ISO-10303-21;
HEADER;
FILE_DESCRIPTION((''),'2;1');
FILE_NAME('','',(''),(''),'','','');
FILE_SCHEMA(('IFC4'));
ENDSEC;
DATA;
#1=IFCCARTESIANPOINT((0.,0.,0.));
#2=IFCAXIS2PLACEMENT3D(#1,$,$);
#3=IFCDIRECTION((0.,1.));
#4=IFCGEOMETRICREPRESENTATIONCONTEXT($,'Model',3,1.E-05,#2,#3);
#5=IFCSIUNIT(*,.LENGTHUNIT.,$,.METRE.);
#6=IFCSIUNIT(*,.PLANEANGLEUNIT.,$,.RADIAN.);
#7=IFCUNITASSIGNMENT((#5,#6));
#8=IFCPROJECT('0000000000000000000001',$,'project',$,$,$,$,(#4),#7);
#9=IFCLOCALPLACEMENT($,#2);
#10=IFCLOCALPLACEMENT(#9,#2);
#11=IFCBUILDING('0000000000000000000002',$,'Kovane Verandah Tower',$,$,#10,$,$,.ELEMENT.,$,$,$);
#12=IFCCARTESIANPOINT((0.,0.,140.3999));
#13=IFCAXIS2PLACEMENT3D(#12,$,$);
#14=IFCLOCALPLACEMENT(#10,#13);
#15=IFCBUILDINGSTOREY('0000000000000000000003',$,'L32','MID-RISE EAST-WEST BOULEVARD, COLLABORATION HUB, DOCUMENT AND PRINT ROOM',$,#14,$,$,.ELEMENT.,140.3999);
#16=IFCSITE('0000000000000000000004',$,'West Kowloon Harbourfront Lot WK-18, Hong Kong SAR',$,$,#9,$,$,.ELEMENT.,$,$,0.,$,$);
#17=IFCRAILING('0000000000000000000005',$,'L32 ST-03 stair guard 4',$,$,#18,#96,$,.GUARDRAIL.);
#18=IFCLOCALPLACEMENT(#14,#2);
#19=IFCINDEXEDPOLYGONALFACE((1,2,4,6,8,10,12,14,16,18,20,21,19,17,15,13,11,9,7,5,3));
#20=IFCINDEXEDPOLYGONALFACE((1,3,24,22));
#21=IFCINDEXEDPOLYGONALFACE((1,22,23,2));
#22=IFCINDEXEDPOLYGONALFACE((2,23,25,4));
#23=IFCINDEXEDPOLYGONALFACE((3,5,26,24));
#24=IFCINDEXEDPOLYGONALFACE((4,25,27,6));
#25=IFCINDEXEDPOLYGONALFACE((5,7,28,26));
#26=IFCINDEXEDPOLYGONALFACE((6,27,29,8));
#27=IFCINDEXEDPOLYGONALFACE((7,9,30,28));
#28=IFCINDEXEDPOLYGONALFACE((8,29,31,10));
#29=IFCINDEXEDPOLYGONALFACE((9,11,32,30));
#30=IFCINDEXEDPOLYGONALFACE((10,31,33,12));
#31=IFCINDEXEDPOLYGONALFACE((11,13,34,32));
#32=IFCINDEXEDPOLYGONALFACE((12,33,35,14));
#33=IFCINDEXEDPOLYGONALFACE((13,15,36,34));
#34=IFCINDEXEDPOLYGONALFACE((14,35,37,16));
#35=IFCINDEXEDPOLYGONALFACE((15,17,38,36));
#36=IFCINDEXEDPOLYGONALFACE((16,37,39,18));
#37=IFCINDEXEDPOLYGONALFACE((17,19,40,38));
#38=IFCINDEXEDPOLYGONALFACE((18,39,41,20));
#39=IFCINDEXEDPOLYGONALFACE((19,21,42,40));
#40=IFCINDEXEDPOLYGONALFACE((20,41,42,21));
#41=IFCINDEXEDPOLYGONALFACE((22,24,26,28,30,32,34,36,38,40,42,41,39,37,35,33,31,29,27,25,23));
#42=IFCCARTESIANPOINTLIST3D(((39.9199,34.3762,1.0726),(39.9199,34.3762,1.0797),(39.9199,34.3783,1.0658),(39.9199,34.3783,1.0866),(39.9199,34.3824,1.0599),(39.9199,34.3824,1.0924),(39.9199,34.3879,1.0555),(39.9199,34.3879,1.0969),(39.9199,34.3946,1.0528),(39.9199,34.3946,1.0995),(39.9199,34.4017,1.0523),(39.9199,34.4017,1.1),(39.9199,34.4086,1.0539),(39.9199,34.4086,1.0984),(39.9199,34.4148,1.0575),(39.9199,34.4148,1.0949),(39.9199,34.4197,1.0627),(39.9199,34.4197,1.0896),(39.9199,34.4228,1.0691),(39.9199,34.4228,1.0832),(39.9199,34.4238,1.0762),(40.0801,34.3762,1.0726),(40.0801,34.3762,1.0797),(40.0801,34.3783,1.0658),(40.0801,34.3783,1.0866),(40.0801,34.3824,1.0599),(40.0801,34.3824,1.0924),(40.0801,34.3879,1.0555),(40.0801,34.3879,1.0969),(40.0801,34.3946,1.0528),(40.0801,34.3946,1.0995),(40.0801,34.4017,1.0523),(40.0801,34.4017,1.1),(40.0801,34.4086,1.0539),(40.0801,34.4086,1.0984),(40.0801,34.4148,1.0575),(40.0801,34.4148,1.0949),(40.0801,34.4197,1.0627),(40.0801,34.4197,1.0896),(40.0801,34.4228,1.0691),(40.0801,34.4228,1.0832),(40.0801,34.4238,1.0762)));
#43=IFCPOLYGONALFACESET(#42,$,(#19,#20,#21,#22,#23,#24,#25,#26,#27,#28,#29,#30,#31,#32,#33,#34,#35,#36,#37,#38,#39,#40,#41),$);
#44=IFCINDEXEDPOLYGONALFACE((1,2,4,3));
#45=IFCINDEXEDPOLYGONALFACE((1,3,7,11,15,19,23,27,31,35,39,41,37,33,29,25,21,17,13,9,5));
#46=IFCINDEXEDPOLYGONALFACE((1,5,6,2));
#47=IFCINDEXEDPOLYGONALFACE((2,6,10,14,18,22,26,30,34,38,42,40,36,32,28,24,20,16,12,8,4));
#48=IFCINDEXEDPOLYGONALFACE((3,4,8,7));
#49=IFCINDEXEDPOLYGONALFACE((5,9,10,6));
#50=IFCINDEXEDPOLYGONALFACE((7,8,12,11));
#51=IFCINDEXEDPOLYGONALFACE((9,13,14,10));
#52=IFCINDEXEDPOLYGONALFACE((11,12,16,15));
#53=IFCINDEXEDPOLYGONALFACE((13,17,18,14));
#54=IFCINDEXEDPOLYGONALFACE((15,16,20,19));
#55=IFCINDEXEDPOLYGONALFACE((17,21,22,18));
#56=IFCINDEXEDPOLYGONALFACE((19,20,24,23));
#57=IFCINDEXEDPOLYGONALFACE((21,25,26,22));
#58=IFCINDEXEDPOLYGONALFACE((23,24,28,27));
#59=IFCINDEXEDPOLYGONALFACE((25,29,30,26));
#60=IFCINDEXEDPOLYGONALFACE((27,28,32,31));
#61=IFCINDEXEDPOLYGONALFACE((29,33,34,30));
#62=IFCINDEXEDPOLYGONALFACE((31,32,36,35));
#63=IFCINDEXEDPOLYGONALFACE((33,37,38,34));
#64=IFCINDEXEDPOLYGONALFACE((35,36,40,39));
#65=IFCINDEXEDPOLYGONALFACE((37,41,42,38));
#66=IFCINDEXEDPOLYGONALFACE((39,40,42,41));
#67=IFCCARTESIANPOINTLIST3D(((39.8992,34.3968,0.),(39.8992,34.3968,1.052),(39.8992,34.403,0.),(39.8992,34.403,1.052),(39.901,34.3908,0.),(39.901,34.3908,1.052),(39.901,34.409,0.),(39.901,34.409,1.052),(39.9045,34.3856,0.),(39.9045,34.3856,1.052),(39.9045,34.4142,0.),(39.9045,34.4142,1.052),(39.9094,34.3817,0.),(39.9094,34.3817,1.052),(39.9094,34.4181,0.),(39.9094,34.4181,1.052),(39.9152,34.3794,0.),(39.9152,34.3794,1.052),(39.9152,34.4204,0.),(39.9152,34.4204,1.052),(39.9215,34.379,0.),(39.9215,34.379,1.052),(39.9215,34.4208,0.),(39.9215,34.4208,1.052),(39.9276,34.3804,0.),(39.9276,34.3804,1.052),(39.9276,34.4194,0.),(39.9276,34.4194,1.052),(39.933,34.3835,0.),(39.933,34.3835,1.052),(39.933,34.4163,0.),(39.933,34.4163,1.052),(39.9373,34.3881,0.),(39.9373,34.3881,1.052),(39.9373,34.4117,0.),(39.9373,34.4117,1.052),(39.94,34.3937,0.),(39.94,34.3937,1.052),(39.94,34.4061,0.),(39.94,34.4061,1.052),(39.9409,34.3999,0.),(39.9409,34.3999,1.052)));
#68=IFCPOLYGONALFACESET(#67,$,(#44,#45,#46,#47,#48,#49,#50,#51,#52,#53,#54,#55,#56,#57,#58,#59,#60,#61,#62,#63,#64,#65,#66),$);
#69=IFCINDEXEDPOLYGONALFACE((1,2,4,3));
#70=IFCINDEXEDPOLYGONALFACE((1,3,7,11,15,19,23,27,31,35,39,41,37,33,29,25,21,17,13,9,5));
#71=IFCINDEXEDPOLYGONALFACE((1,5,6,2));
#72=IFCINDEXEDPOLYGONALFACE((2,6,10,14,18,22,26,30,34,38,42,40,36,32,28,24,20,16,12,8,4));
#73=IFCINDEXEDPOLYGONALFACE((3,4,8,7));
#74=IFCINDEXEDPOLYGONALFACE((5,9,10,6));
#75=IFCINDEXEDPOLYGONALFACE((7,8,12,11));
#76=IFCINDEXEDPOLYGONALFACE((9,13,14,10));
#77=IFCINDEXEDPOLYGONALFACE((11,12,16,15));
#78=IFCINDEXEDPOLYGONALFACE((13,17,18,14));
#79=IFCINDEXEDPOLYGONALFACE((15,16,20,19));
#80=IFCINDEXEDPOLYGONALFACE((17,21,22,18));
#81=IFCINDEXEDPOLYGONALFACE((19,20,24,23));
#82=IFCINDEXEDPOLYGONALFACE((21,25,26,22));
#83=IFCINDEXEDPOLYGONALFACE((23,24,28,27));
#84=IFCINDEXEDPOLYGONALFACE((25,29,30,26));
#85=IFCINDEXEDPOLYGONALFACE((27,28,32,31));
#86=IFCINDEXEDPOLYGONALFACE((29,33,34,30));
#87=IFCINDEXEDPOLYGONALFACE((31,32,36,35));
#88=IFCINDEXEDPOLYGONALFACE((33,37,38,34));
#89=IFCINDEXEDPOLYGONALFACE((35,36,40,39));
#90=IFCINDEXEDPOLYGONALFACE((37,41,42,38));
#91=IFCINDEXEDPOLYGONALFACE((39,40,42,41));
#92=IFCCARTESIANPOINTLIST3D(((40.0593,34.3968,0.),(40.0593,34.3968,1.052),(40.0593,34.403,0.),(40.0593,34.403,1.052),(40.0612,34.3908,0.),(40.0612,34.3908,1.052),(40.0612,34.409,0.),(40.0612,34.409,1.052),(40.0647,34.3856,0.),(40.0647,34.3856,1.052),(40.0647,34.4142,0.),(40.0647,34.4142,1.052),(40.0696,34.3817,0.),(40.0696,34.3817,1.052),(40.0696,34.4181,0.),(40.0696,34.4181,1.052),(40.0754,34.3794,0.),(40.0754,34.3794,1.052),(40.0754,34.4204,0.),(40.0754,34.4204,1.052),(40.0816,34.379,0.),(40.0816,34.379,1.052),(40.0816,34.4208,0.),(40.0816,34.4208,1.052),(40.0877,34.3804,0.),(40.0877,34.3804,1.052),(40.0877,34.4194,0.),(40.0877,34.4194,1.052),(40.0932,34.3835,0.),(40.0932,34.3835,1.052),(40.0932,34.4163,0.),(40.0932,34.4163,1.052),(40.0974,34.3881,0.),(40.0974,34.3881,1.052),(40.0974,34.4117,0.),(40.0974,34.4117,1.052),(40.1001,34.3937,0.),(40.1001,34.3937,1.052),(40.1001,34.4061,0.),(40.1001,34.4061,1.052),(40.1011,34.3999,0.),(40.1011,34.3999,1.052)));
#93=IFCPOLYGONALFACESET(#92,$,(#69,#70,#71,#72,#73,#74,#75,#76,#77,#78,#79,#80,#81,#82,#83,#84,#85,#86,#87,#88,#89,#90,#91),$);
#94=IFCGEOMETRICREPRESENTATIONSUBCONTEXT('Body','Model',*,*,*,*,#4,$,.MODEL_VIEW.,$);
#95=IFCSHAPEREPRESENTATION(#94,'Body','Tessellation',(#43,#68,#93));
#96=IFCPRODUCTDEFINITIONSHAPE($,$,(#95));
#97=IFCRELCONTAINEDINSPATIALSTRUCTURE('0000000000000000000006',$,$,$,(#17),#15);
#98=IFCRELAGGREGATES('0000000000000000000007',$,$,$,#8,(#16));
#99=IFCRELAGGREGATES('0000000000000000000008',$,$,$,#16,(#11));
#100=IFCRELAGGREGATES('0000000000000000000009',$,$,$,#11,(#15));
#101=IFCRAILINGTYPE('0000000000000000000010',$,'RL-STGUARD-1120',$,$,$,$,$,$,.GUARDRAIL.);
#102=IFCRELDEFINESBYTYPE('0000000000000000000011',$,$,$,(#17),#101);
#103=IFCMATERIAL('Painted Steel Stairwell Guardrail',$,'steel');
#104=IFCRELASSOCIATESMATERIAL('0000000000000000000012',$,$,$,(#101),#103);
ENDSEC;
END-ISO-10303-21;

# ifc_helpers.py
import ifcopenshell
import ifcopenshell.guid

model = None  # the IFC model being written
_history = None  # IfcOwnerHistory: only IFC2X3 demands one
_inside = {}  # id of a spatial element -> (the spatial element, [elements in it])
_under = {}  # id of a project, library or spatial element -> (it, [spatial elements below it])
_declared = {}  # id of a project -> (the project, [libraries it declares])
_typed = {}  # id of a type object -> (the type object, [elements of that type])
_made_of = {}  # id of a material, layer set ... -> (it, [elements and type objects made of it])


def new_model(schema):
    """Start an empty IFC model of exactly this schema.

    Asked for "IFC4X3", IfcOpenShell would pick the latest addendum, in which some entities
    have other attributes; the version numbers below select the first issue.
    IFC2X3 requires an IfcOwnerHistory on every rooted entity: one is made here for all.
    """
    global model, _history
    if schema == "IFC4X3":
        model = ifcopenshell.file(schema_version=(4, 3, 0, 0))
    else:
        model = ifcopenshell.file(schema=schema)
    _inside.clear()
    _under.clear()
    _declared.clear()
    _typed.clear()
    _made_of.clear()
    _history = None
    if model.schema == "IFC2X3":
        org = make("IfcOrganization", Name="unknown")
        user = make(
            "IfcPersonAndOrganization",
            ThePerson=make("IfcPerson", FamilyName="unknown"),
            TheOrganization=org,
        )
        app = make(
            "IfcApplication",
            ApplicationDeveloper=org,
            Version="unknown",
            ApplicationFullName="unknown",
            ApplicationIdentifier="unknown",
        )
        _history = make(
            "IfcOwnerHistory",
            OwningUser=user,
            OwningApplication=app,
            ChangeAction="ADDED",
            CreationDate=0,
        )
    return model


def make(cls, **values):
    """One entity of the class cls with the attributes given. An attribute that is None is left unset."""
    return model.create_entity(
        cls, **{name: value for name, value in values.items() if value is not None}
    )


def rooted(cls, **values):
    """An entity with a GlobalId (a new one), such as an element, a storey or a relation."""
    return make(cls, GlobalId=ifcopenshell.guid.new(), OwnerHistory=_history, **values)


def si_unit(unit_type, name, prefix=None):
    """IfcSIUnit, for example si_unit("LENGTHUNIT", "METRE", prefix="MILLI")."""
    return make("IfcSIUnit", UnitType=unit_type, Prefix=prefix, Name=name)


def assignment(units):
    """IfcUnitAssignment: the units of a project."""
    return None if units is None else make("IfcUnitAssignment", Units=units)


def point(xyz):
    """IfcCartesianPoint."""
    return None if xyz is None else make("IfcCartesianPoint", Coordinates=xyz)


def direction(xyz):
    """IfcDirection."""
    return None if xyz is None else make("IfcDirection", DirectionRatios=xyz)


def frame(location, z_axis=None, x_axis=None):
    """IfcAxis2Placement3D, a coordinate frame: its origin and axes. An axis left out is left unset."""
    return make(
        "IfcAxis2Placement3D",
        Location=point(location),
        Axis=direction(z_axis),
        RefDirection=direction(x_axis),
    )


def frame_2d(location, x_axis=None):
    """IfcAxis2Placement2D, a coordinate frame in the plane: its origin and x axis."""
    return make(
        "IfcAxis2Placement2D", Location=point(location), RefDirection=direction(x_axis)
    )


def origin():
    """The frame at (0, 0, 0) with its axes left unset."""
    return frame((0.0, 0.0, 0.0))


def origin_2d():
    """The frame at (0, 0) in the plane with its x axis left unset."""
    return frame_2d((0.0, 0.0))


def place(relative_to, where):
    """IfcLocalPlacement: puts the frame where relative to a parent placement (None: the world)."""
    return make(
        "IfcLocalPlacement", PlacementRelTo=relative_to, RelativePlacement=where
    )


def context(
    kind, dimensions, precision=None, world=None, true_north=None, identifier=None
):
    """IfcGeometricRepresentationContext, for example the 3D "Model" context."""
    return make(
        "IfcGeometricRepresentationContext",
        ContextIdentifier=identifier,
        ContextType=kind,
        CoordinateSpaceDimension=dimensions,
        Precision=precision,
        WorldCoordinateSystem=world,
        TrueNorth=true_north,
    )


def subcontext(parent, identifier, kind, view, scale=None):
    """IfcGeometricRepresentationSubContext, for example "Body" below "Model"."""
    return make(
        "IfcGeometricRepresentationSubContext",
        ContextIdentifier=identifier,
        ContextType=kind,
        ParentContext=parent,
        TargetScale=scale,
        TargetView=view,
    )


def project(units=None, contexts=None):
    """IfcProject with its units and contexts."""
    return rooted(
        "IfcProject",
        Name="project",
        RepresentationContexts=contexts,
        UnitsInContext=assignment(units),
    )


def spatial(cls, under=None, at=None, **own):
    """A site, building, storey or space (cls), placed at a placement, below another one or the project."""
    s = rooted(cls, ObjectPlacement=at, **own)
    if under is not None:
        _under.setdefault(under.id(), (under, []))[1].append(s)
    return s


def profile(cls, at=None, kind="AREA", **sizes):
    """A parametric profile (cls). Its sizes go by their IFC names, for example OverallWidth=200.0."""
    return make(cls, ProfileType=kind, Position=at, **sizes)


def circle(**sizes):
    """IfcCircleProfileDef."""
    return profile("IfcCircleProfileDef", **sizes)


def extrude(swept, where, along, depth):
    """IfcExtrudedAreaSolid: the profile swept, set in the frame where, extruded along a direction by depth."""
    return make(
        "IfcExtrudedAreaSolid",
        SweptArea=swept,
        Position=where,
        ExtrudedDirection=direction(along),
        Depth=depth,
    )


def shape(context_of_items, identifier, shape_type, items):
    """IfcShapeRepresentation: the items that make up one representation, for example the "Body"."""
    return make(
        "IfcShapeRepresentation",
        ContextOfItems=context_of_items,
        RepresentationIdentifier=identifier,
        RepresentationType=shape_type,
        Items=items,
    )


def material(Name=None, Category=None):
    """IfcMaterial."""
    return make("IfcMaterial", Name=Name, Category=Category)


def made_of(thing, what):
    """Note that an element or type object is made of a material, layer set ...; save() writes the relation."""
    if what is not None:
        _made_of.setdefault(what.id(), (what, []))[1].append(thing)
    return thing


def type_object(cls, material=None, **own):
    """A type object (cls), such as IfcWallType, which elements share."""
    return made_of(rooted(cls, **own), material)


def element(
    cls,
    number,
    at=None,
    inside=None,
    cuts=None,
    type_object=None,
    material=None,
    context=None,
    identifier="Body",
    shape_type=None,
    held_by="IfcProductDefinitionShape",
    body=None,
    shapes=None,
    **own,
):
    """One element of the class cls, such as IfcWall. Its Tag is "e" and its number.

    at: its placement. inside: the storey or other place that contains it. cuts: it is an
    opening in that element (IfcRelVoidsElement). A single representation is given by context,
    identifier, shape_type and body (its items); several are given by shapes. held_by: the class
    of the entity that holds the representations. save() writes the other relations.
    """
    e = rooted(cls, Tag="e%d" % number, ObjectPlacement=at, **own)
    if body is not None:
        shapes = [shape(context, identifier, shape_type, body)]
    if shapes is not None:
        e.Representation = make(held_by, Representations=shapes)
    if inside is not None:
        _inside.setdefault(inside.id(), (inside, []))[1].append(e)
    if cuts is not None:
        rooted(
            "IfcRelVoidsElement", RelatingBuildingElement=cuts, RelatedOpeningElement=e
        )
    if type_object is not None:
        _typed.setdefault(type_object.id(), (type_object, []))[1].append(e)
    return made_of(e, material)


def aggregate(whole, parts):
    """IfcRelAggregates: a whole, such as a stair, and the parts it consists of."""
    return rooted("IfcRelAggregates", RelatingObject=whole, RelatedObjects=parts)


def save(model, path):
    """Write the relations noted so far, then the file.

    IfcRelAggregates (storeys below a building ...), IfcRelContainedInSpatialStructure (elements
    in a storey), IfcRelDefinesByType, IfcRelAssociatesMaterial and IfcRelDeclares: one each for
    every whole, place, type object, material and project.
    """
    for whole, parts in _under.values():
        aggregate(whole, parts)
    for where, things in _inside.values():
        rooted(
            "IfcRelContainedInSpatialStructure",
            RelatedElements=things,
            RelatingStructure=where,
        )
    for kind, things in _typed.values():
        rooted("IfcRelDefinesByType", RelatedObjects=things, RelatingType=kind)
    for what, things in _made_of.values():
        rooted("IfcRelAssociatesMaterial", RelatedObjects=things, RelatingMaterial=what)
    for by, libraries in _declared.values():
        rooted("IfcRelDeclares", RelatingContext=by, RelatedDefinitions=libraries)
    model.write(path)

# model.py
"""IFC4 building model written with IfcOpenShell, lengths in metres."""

from ifc_helpers import new_model, si_unit, direction, frame, origin, origin_2d, place, context, subcontext, project, spatial, circle, extrude, material, type_object, element, save


model = new_model("IFC4")

# Units and contexts
model_context = context("Model", 3, precision=1e-05, world=origin(), true_north=direction((0.0, 1.0)))
body_context = subcontext(model_context, "Body", "Model", "MODEL_VIEW")
ifc_project = project(units=[si_unit("LENGTHUNIT", "METRE"), si_unit("PLANEANGLEUNIT", "RADIAN")], contexts=[model_context])

# Site, building, storey
site_placement = place(None, origin())
site = spatial("IfcSite", under=ifc_project, at=site_placement, Name="West Kowloon Harbourfront Lot WK-18, Hong Kong SAR", CompositionType="ELEMENT", RefElevation=0.0)
building_placement = place(site_placement, origin())
building = spatial("IfcBuilding", under=site, at=building_placement, Name="Kovane Verandah Tower", CompositionType="ELEMENT")
storey_placement = place(building_placement, frame((0.0, 0.0, 140.3999)))
storey = spatial("IfcBuildingStorey", under=building, at=storey_placement, Name="L32", Description="MID-RISE EAST-WEST BOULEVARD, COLLABORATION HUB, DOCUMENT AND PRINT ROOM", CompositionType="ELEMENT", Elevation=140.3999)

# Railing
ifc_material_1 = material(Name="Painted Steel Stairwell Guardrail", Category="steel")
railing_type = type_object("IfcRailingType", Name="RL-STGUARD-1120", PredefinedType="GUARDRAIL", material=ifc_material_1)
railing_placement = place(storey_placement, frame((39.9199, 34.3999, 0.0)))
element("IfcRailing", 1, at=railing_placement, inside=storey, type_object=railing_type, Name="L32 ST-03 stair guard 4", PredefinedType="GUARDRAIL", context=body_context, shape_type="SweptSolid", body=[
    extrude(circle(Radius=0.0239, at=origin_2d()), frame((0.0, 0.0, 1.0762), z_axis=(1.0, 0.0, 0.0), x_axis=(0.0, 1.0, 0.0)), (0.0, 0.0, 1.0), 0.1602),
    extrude(circle(Radius=0.021, at=origin_2d()), origin(), (0.0, 0.0, 1.0), 1.052),
    extrude(circle(Radius=0.021, at=origin_2d()), frame((0.1602, 0.0, 0.0)), (0.0, 0.0, 1.0), 1.052),
])

save(model, "model.ifc")
